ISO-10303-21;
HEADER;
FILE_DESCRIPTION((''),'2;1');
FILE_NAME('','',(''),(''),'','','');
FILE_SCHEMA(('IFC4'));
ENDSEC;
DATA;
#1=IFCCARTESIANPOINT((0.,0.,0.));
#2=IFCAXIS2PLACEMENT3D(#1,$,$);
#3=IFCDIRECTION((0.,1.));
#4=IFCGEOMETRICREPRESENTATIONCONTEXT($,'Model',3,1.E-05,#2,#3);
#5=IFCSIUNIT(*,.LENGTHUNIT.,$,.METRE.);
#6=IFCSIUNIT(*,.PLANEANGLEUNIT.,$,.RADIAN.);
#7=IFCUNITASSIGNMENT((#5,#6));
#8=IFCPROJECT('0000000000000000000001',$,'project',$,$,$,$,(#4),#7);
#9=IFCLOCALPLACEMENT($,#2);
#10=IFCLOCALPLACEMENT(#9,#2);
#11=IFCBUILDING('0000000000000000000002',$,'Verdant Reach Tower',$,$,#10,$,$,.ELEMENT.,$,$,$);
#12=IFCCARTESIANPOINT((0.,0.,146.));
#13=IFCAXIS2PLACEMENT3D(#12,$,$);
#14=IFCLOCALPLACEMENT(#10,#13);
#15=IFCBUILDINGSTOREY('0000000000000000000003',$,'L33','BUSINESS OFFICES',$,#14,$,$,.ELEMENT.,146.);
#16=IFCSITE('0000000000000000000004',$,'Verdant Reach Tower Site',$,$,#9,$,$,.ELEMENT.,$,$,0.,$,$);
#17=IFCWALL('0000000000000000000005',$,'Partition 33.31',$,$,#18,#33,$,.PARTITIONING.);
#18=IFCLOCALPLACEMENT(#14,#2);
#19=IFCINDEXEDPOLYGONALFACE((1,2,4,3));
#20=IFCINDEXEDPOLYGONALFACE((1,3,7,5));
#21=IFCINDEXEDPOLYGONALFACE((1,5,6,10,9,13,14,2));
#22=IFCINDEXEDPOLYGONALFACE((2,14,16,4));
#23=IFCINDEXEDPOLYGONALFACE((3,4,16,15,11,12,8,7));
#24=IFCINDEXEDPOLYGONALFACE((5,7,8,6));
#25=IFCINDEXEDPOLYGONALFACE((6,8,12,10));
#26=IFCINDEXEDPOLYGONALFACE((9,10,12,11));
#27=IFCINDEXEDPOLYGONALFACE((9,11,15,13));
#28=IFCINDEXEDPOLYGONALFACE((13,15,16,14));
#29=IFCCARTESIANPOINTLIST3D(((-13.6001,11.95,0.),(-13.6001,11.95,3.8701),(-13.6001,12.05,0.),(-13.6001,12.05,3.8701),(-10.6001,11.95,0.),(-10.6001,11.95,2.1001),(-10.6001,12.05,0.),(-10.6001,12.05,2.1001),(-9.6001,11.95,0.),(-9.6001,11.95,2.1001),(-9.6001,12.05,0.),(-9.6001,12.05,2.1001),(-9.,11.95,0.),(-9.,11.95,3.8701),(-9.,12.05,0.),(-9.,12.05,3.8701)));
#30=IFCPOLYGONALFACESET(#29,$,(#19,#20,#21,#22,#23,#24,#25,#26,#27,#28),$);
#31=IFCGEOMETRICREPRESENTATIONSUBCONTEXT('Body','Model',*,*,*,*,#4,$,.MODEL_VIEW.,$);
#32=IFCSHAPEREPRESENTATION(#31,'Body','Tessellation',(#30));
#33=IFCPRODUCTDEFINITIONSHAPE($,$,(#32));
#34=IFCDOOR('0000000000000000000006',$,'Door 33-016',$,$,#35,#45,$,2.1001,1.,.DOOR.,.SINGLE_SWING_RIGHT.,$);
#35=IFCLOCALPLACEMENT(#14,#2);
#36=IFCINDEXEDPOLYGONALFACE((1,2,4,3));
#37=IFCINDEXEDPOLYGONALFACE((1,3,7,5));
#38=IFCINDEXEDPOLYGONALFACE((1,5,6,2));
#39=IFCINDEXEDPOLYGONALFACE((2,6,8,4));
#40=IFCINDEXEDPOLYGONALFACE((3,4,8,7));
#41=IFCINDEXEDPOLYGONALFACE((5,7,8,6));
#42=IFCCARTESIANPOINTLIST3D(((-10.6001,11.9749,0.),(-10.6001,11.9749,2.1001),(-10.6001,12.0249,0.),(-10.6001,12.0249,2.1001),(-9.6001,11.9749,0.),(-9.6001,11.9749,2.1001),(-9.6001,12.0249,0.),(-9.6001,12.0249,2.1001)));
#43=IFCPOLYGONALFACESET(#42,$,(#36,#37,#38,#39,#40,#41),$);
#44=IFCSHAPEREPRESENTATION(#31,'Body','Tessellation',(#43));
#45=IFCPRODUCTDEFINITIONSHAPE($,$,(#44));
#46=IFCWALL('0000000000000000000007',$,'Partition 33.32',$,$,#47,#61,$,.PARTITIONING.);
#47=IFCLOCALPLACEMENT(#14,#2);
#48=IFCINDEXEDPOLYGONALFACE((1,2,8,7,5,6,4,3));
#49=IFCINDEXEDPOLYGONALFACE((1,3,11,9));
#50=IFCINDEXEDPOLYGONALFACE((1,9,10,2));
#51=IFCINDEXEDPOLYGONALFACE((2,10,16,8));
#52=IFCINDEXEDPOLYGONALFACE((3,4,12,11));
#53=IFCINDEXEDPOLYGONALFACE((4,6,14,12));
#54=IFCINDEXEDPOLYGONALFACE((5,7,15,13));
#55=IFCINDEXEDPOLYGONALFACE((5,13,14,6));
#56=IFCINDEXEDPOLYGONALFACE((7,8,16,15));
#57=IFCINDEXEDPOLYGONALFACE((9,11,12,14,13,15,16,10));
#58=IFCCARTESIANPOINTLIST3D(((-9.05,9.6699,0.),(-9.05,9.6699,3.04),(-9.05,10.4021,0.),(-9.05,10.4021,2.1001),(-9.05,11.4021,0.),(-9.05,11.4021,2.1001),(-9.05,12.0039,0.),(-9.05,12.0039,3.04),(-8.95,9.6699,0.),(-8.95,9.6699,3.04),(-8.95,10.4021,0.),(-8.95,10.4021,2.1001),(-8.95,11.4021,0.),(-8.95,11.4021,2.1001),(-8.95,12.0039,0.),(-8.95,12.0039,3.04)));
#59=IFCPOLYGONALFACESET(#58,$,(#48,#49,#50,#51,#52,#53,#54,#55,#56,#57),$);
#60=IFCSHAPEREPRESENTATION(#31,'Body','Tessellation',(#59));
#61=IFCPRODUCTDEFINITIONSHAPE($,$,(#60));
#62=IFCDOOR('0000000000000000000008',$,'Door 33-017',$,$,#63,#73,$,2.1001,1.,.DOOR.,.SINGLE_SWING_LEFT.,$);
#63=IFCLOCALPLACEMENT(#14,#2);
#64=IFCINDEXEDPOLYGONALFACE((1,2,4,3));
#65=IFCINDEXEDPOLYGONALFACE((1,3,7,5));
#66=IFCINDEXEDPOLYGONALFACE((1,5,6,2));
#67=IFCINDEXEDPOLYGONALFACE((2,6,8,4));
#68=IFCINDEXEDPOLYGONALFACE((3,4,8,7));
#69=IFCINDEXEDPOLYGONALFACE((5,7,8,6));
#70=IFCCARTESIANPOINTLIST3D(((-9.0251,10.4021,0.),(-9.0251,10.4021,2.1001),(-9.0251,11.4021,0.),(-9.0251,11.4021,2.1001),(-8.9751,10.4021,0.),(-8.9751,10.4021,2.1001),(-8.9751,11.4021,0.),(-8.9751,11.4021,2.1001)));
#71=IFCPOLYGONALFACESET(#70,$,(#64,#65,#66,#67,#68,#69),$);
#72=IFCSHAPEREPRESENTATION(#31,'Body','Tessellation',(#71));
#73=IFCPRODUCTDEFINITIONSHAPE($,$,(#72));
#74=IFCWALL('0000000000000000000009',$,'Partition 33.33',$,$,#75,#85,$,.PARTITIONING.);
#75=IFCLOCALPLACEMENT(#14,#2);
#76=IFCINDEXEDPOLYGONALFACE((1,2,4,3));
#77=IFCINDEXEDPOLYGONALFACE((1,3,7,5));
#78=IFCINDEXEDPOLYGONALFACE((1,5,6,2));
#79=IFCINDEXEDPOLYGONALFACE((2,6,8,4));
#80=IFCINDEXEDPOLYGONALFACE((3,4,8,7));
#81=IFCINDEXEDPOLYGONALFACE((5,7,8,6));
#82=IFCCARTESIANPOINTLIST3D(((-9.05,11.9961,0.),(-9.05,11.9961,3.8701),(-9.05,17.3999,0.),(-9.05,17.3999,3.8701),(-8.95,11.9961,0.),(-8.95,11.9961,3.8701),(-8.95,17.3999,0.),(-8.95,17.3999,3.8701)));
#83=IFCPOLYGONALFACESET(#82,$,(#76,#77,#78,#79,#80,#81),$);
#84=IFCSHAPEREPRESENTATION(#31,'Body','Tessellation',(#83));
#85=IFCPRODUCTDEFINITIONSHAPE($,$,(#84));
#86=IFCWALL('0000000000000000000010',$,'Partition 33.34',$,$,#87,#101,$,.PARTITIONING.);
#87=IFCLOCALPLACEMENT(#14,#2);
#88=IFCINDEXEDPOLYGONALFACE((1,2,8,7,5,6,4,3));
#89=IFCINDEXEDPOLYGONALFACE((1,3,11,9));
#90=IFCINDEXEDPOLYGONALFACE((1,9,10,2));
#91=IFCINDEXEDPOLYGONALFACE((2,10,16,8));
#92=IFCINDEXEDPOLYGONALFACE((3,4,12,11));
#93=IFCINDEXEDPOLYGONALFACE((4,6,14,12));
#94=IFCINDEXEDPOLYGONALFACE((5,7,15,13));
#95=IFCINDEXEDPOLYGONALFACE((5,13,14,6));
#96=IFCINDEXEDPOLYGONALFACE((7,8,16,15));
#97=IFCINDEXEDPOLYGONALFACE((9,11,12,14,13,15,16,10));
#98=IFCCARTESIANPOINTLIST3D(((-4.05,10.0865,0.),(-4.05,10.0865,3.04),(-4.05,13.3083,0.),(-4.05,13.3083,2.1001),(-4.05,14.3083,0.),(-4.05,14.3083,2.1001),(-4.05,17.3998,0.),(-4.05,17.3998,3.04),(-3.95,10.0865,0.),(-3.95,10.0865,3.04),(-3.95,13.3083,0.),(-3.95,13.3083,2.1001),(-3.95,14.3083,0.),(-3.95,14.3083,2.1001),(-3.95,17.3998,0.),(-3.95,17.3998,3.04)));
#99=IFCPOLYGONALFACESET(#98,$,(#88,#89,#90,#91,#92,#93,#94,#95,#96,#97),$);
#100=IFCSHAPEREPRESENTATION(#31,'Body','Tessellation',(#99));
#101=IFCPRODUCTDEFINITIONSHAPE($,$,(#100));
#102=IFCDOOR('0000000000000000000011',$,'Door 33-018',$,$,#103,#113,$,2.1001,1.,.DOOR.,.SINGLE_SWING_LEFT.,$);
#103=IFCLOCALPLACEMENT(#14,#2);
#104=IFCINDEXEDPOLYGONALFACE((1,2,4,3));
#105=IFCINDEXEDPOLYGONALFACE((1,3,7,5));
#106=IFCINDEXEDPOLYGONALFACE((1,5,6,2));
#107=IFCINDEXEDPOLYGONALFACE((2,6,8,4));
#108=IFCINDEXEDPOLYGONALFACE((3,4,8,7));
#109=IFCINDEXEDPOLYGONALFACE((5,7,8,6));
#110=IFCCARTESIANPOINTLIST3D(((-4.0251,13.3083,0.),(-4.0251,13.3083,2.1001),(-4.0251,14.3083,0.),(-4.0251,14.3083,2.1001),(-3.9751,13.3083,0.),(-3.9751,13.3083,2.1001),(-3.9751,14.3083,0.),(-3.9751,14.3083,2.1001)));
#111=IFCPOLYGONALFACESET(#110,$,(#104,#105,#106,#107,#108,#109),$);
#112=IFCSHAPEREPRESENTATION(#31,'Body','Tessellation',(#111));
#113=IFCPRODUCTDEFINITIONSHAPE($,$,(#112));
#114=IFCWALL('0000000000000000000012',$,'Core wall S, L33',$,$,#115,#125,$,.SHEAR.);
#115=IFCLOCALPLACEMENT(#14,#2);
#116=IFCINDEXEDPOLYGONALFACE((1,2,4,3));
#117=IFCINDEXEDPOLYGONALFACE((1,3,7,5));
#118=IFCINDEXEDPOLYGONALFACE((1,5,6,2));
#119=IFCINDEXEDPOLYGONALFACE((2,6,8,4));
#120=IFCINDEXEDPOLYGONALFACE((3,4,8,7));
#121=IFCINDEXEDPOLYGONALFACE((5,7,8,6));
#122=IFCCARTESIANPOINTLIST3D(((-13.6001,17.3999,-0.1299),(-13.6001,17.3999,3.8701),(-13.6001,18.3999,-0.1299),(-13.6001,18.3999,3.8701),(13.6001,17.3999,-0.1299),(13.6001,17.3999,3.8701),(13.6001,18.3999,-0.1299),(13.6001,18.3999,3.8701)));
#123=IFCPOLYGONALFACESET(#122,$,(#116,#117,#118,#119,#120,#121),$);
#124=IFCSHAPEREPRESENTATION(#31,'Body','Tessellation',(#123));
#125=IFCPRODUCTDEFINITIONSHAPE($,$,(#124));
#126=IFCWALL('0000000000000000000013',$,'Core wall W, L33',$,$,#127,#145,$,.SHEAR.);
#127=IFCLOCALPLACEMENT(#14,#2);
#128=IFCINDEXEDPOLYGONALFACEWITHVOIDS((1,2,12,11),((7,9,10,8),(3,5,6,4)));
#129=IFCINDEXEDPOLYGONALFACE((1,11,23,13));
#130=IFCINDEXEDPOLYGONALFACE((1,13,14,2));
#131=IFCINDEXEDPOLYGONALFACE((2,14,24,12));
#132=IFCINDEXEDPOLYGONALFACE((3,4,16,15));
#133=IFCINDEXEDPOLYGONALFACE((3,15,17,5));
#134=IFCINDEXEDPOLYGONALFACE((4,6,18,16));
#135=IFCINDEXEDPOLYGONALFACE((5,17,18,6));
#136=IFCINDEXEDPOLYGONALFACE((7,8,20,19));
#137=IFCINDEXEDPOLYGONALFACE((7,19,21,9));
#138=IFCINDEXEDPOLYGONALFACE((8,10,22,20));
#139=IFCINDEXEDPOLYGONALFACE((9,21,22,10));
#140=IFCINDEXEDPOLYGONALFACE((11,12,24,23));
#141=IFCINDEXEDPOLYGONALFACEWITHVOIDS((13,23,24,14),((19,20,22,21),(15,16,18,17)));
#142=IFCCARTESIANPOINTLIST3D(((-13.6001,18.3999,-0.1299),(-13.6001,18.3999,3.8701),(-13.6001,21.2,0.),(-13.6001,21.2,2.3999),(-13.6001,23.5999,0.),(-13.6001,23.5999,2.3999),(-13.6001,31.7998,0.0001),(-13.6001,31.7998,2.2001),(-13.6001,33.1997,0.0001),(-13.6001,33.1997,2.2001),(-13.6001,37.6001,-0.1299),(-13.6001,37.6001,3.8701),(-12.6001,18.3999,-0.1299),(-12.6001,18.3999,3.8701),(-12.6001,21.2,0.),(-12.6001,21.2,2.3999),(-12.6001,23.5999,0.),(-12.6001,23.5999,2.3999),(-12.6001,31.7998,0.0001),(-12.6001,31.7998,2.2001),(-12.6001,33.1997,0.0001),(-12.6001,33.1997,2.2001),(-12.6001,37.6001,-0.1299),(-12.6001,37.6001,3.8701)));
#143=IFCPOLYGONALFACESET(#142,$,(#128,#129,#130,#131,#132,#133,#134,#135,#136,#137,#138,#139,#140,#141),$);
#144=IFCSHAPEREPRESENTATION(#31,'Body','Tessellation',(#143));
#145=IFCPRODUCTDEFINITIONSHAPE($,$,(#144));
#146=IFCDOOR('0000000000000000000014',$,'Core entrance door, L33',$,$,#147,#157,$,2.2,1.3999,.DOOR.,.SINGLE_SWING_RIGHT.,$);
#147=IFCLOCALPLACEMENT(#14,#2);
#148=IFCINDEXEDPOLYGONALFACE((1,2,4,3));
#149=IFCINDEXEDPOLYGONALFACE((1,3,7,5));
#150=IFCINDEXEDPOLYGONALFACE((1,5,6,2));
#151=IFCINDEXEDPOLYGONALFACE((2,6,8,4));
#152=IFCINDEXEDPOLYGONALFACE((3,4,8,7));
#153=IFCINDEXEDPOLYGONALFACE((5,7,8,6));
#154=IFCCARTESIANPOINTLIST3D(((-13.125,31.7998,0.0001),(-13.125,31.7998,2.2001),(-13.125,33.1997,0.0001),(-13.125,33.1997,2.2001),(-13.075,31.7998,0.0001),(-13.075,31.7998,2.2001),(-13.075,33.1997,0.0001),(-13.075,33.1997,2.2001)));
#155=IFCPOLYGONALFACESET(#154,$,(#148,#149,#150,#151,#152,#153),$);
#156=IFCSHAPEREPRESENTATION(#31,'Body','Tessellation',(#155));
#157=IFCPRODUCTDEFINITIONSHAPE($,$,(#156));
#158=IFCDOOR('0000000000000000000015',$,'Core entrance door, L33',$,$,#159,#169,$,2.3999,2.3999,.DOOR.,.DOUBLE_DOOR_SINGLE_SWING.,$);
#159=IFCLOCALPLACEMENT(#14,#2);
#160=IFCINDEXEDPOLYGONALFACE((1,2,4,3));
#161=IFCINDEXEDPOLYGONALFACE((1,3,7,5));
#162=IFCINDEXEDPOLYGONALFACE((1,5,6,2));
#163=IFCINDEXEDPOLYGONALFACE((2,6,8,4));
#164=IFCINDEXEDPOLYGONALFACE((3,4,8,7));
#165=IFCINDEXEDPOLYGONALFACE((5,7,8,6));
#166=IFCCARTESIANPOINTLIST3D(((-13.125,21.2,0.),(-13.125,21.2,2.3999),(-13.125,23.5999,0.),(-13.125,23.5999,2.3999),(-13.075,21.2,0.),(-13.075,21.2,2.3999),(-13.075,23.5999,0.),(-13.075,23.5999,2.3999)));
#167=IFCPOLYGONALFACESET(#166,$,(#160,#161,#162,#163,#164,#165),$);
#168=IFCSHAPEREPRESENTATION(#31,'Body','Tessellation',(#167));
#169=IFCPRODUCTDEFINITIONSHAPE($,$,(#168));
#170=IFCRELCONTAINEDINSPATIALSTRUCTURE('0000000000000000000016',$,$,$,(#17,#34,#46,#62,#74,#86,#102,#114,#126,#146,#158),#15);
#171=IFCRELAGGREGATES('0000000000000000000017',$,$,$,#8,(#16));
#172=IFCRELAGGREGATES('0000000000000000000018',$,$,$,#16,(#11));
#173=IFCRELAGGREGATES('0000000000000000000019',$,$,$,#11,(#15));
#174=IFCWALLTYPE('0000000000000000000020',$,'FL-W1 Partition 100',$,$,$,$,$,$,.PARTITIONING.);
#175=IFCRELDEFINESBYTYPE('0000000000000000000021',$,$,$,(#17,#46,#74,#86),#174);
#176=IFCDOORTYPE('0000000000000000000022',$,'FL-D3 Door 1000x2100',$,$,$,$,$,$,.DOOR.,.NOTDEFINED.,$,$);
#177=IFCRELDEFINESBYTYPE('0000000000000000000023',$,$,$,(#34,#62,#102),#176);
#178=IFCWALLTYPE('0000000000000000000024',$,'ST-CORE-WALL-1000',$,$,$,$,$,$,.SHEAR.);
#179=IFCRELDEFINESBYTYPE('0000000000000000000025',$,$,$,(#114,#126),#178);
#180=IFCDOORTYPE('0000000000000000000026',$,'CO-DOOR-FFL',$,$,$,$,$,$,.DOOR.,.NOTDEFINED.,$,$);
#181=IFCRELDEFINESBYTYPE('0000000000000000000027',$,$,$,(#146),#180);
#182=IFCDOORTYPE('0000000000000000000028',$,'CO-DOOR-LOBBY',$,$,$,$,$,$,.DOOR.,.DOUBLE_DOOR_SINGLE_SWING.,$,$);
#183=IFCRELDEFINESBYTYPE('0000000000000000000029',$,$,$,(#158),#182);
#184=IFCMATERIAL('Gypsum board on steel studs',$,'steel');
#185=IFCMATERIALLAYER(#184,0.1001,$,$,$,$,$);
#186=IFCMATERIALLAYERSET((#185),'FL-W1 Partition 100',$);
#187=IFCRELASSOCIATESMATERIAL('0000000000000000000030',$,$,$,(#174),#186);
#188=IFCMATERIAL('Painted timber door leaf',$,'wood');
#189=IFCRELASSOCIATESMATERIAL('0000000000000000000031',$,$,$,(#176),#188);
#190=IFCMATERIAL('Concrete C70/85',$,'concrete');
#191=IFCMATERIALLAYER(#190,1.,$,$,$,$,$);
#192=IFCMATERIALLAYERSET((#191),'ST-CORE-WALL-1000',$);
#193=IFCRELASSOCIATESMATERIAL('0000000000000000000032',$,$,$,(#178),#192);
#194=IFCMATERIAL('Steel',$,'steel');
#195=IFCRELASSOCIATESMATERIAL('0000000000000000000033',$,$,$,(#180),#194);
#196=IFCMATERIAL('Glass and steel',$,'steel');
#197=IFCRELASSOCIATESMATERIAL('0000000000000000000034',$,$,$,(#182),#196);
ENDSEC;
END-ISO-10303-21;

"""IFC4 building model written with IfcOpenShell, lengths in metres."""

from ifc_helpers import new_model, si_unit, direction, frame, frame_2d, origin, place, context, subcontext, project, spatial, rectangle, extrude, material, layer, layer_set, type_object, element, fill, save


model = new_model("IFC4")

# Units and contexts
model_context = context("Model", 3, precision=1e-05, world=origin(), true_north=direction((0.0, 1.0)))
body_context = subcontext(model_context, "Body", "Model", "MODEL_VIEW")
ifc_project = project(units=[si_unit("LENGTHUNIT", "METRE"), si_unit("PLANEANGLEUNIT", "RADIAN")], contexts=[model_context])

# Site, building, storey
site_placement = place(None, origin())
site = spatial("IfcSite", under=ifc_project, at=site_placement, Name="Verdant Reach Tower Site", CompositionType="ELEMENT", RefElevation=0.0)
building_placement = place(site_placement, origin())
building = spatial("IfcBuilding", under=site, at=building_placement, Name="Verdant Reach Tower", CompositionType="ELEMENT")
storey_placement = place(building_placement, frame((0.0, 0.0, 146.0)))
storey = spatial("IfcBuildingStorey", under=building, at=storey_placement, Name="L33", Description="BUSINESS OFFICES", CompositionType="ELEMENT", Elevation=146.0)

# Walls, openings, doors
ifc_material_1 = material(Name="Gypsum board on steel studs", Category="steel")
ifc_layer_1 = layer(ifc_material_1, 0.1001)
ifc_layer_set_1 = layer_set([ifc_layer_1], Name="FL-W1 Partition 100")
wall_type_1 = type_object("IfcWallType", Name="FL-W1 Partition 100", PredefinedType="PARTITIONING", material=ifc_layer_set_1)
wall_1_placement = place(storey_placement, frame((-13.6001, 12.0, 0.0), z_axis=(0.0, 0.0, 1.0), x_axis=(1.0, 0.0, 0.0)))
wall_1 = element("IfcWall", 1, at=wall_1_placement, inside=storey, type_object=wall_type_1, Name="Partition 33.31", PredefinedType="PARTITIONING", context=body_context, shape_type="SweptSolid", body=[
    extrude(rectangle(XDim=4.6001, YDim=0.1001, at=frame_2d((2.3, 0.0))), origin(), (0.0, 0.0, 1.0), 3.8701),
])
opening_1_placement = place(wall_1_placement, frame((3.0, 0.0, 0.0)))
opening_1 = element("IfcOpeningElement", 2, at=opening_1_placement, cuts=wall_1, PredefinedType="OPENING", context=body_context, shape_type="SweptSolid", body=[
    extrude(rectangle(XDim=1.0, YDim=2.1001, at=frame_2d((0.5, 1.05))), frame((0.0, 0.0601, 0.0), z_axis=(0.0, -1.0, 0.0), x_axis=(1.0, 0.0, 0.0)), (0.0, 0.0, 1.0), 0.1201),
])
ifc_material_2 = material(Name="Painted timber door leaf", Category="wood")
door_type_1 = type_object("IfcDoorType", Name="FL-D3 Door 1000x2100", OperationType="NOTDEFINED", PredefinedType="DOOR", material=ifc_material_2)
door_1_placement = place(opening_1_placement, origin())
door_1 = element("IfcDoor", 3, at=door_1_placement, inside=storey, type_object=door_type_1, Name="Door 33-016", OperationType="SINGLE_SWING_RIGHT", OverallHeight=2.1001, OverallWidth=1.0, PredefinedType="DOOR", context=body_context, shape_type="SweptSolid", body=[
    extrude(rectangle(XDim=1.0, YDim=2.1001, at=frame_2d((0.5, 1.05))), frame((0.0, 0.0249, 0.0), z_axis=(0.0, -1.0, 0.0), x_axis=(1.0, 0.0, 0.0)), (0.0, 0.0, 1.0), 0.05),
])
fill(opening_1, door_1)
wall_2_placement = place(storey_placement, frame((-9.0, 12.0039, 0.0), z_axis=(0.0, 0.0, 1.0), x_axis=(0.0, -1.0, 0.0)))
wall_2 = element("IfcWall", 4, at=wall_2_placement, inside=storey, type_object=wall_type_1, Name="Partition 33.32", PredefinedType="PARTITIONING", context=body_context, shape_type="SweptSolid", body=[
    extrude(rectangle(XDim=2.334, YDim=0.1001, at=frame_2d((1.167, 0.0))), origin(), (0.0, 0.0, 1.0), 3.04),
])
opening_2_placement = place(wall_2_placement, frame((0.6018, 0.0, 0.0)))
opening_2 = element("IfcOpeningElement", 5, at=opening_2_placement, cuts=wall_2, PredefinedType="OPENING", context=body_context, shape_type="SweptSolid", body=[
    extrude(rectangle(XDim=1.0, YDim=2.1001, at=frame_2d((0.5, 1.05))), frame((0.0, 0.0601, 0.0), z_axis=(0.0, -1.0, 0.0), x_axis=(1.0, 0.0, 0.0)), (0.0, 0.0, 1.0), 0.1201),
])
door_2_placement = place(opening_2_placement, origin())
door_2 = element("IfcDoor", 6, at=door_2_placement, inside=storey, type_object=door_type_1, Name="Door 33-017", OperationType="SINGLE_SWING_LEFT", OverallHeight=2.1001, OverallWidth=1.0, PredefinedType="DOOR", context=body_context, shape_type="SweptSolid", body=[
    extrude(rectangle(XDim=1.0, YDim=2.1001, at=frame_2d((0.5, 1.05))), frame((0.0, 0.0249, 0.0), z_axis=(0.0, -1.0, 0.0), x_axis=(1.0, 0.0, 0.0)), (0.0, 0.0, 1.0), 0.05),
])
fill(opening_2, door_2)

# Wall
wall_3_placement = place(storey_placement, frame((-9.0, 11.9961, 0.0), z_axis=(0.0, 0.0, 1.0), x_axis=(0.0, 1.0, 0.0)))
element("IfcWall", 7, at=wall_3_placement, inside=storey, type_object=wall_type_1, Name="Partition 33.33", PredefinedType="PARTITIONING", context=body_context, shape_type="SweptSolid", body=[
    extrude(rectangle(XDim=5.4038, YDim=0.1001, at=frame_2d((2.7019, 0.0))), origin(), (0.0, 0.0, 1.0), 3.8701),
])

# Wall, opening, door
wall_4_placement = place(storey_placement, frame((-4.0, 17.3999, 0.0), z_axis=(0.0, 0.0, 1.0), x_axis=(0.0, -1.0, 0.0)))
wall_4 = element("IfcWall", 8, at=wall_4_placement, inside=storey, type_object=wall_type_1, Name="Partition 33.34", PredefinedType="PARTITIONING", context=body_context, shape_type="SweptSolid", body=[
    extrude(rectangle(XDim=7.3132, YDim=0.1001, at=frame_2d((3.6567, 0.0))), origin(), (0.0, 0.0, 1.0), 3.04),
])
opening_3_placement = place(wall_4_placement, frame((3.0916, 0.0, 0.0)))
opening_3 = element("IfcOpeningElement", 9, at=opening_3_placement, cuts=wall_4, PredefinedType="OPENING", context=body_context, shape_type="SweptSolid", body=[
    extrude(rectangle(XDim=1.0, YDim=2.1001, at=frame_2d((0.5, 1.05))), frame((0.0, 0.0601, 0.0), z_axis=(0.0, -1.0, 0.0), x_axis=(1.0, 0.0, 0.0)), (0.0, 0.0, 1.0), 0.1201),
])
door_3_placement = place(opening_3_placement, origin())
door_3 = element("IfcDoor", 10, at=door_3_placement, inside=storey, type_object=door_type_1, Name="Door 33-018", OperationType="SINGLE_SWING_LEFT", OverallHeight=2.1001, OverallWidth=1.0, PredefinedType="DOOR", context=body_context, shape_type="SweptSolid", body=[
    extrude(rectangle(XDim=1.0, YDim=2.1001, at=frame_2d((0.5, 1.05))), frame((0.0, 0.0249, 0.0), z_axis=(0.0, -1.0, 0.0), x_axis=(1.0, 0.0, 0.0)), (0.0, 0.0, 1.0), 0.05),
])
fill(opening_3, door_3)

# Wall
ifc_material_3 = material(Name="Concrete C70/85", Category="concrete")
ifc_layer_2 = layer(ifc_material_3, 1.0)
ifc_layer_set_2 = layer_set([ifc_layer_2], Name="ST-CORE-WALL-1000")
wall_type_2 = type_object("IfcWallType", Name="ST-CORE-WALL-1000", PredefinedType="SHEAR", material=ifc_layer_set_2)
wall_5_placement = place(storey_placement, frame((-13.6001, 17.8999, -0.1299), z_axis=(0.0, 0.0, 1.0), x_axis=(1.0, 0.0, 0.0)))
element("IfcWall", 11, at=wall_5_placement, inside=storey, type_object=wall_type_2, Name="Core wall S, L33", PredefinedType="SHEAR", context=body_context, shape_type="SweptSolid", body=[
    extrude(rectangle(XDim=27.2002, YDim=1.0, at=frame_2d((13.6001, 0.0))), origin(), (0.0, 0.0, 1.0), 4.0),
])

# Wall, openings, doors
wall_6_placement = place(storey_placement, frame((-13.1001, 18.3999, -0.1299), z_axis=(0.0, 0.0, 1.0), x_axis=(0.0, 1.0, 0.0)))
wall_6 = element("IfcWall", 12, at=wall_6_placement, inside=storey, type_object=wall_type_2, Name="Core wall W, L33", PredefinedType="SHEAR", context=body_context, shape_type="SweptSolid", body=[
    extrude(rectangle(XDim=19.2002, YDim=1.0, at=frame_2d((9.6001, 0.0))), origin(), (0.0, 0.0, 1.0), 4.0),
])
opening_4_placement = place(wall_6_placement, frame((2.8, 0.0, 0.1299)))
opening_4 = element("IfcOpeningElement", 13, at=opening_4_placement, cuts=wall_6, PredefinedType="OPENING", context=body_context, shape_type="SweptSolid", body=[
    extrude(rectangle(XDim=2.3999, YDim=2.3999, at=frame_2d((1.2, 1.2))), frame((0.0, 0.51, 0.0), z_axis=(0.0, -1.0, 0.0), x_axis=(1.0, 0.0, 0.0)), (0.0, 0.0, 1.0), 1.02),
])
opening_5_placement = place(wall_6_placement, frame((13.3999, 0.0, 0.1299)))
opening_5 = element("IfcOpeningElement", 14, at=opening_5_placement, cuts=wall_6, PredefinedType="OPENING", context=body_context, shape_type="SweptSolid", body=[
    extrude(rectangle(XDim=1.3999, YDim=2.2, at=frame_2d((0.7, 1.1001))), frame((0.0, 0.51, 0.0), z_axis=(0.0, -1.0, 0.0), x_axis=(1.0, 0.0, 0.0)), (0.0, 0.0, 1.0), 1.02),
])
ifc_material_4 = material(Name="Steel", Category="steel")
door_type_2 = type_object("IfcDoorType", Name="CO-DOOR-FFL", OperationType="NOTDEFINED", PredefinedType="DOOR", material=ifc_material_4)
door_4_placement = place(opening_5_placement, origin())
door_4 = element("IfcDoor", 15, at=door_4_placement, inside=storey, type_object=door_type_2, Name="Core entrance door, L33", OperationType="SINGLE_SWING_RIGHT", OverallHeight=2.2, OverallWidth=1.3999, PredefinedType="DOOR", context=body_context, shape_type="SweptSolid", body=[
    extrude(rectangle(XDim=1.3999, YDim=2.2, at=frame_2d((0.7, 1.1001))), frame((0.0, 0.0249, 0.0), z_axis=(0.0, -1.0, 0.0), x_axis=(1.0, 0.0, 0.0)), (0.0, 0.0, 1.0), 0.05),
])
fill(opening_5, door_4)
ifc_material_5 = material(Name="Glass and steel", Category="steel")
door_type_3 = type_object("IfcDoorType", Name="CO-DOOR-LOBBY", OperationType="DOUBLE_DOOR_SINGLE_SWING", PredefinedType="DOOR", material=ifc_material_5)
door_5_placement = place(opening_4_placement, origin())
door_5 = element("IfcDoor", 16, at=door_5_placement, inside=storey, type_object=door_type_3, Name="Core entrance door, L33", OperationType="DOUBLE_DOOR_SINGLE_SWING", OverallHeight=2.3999, OverallWidth=2.3999, PredefinedType="DOOR", context=body_context, shape_type="SweptSolid", body=[
    extrude(rectangle(XDim=2.3999, YDim=2.3999, at=frame_2d((1.2, 1.2))), frame((0.0, 0.0249, 0.0), z_axis=(0.0, -1.0, 0.0), x_axis=(1.0, 0.0, 0.0)), (0.0, 0.0, 1.0), 0.05),
])
fill(opening_4, door_5)

save(model, "model.ifc")
